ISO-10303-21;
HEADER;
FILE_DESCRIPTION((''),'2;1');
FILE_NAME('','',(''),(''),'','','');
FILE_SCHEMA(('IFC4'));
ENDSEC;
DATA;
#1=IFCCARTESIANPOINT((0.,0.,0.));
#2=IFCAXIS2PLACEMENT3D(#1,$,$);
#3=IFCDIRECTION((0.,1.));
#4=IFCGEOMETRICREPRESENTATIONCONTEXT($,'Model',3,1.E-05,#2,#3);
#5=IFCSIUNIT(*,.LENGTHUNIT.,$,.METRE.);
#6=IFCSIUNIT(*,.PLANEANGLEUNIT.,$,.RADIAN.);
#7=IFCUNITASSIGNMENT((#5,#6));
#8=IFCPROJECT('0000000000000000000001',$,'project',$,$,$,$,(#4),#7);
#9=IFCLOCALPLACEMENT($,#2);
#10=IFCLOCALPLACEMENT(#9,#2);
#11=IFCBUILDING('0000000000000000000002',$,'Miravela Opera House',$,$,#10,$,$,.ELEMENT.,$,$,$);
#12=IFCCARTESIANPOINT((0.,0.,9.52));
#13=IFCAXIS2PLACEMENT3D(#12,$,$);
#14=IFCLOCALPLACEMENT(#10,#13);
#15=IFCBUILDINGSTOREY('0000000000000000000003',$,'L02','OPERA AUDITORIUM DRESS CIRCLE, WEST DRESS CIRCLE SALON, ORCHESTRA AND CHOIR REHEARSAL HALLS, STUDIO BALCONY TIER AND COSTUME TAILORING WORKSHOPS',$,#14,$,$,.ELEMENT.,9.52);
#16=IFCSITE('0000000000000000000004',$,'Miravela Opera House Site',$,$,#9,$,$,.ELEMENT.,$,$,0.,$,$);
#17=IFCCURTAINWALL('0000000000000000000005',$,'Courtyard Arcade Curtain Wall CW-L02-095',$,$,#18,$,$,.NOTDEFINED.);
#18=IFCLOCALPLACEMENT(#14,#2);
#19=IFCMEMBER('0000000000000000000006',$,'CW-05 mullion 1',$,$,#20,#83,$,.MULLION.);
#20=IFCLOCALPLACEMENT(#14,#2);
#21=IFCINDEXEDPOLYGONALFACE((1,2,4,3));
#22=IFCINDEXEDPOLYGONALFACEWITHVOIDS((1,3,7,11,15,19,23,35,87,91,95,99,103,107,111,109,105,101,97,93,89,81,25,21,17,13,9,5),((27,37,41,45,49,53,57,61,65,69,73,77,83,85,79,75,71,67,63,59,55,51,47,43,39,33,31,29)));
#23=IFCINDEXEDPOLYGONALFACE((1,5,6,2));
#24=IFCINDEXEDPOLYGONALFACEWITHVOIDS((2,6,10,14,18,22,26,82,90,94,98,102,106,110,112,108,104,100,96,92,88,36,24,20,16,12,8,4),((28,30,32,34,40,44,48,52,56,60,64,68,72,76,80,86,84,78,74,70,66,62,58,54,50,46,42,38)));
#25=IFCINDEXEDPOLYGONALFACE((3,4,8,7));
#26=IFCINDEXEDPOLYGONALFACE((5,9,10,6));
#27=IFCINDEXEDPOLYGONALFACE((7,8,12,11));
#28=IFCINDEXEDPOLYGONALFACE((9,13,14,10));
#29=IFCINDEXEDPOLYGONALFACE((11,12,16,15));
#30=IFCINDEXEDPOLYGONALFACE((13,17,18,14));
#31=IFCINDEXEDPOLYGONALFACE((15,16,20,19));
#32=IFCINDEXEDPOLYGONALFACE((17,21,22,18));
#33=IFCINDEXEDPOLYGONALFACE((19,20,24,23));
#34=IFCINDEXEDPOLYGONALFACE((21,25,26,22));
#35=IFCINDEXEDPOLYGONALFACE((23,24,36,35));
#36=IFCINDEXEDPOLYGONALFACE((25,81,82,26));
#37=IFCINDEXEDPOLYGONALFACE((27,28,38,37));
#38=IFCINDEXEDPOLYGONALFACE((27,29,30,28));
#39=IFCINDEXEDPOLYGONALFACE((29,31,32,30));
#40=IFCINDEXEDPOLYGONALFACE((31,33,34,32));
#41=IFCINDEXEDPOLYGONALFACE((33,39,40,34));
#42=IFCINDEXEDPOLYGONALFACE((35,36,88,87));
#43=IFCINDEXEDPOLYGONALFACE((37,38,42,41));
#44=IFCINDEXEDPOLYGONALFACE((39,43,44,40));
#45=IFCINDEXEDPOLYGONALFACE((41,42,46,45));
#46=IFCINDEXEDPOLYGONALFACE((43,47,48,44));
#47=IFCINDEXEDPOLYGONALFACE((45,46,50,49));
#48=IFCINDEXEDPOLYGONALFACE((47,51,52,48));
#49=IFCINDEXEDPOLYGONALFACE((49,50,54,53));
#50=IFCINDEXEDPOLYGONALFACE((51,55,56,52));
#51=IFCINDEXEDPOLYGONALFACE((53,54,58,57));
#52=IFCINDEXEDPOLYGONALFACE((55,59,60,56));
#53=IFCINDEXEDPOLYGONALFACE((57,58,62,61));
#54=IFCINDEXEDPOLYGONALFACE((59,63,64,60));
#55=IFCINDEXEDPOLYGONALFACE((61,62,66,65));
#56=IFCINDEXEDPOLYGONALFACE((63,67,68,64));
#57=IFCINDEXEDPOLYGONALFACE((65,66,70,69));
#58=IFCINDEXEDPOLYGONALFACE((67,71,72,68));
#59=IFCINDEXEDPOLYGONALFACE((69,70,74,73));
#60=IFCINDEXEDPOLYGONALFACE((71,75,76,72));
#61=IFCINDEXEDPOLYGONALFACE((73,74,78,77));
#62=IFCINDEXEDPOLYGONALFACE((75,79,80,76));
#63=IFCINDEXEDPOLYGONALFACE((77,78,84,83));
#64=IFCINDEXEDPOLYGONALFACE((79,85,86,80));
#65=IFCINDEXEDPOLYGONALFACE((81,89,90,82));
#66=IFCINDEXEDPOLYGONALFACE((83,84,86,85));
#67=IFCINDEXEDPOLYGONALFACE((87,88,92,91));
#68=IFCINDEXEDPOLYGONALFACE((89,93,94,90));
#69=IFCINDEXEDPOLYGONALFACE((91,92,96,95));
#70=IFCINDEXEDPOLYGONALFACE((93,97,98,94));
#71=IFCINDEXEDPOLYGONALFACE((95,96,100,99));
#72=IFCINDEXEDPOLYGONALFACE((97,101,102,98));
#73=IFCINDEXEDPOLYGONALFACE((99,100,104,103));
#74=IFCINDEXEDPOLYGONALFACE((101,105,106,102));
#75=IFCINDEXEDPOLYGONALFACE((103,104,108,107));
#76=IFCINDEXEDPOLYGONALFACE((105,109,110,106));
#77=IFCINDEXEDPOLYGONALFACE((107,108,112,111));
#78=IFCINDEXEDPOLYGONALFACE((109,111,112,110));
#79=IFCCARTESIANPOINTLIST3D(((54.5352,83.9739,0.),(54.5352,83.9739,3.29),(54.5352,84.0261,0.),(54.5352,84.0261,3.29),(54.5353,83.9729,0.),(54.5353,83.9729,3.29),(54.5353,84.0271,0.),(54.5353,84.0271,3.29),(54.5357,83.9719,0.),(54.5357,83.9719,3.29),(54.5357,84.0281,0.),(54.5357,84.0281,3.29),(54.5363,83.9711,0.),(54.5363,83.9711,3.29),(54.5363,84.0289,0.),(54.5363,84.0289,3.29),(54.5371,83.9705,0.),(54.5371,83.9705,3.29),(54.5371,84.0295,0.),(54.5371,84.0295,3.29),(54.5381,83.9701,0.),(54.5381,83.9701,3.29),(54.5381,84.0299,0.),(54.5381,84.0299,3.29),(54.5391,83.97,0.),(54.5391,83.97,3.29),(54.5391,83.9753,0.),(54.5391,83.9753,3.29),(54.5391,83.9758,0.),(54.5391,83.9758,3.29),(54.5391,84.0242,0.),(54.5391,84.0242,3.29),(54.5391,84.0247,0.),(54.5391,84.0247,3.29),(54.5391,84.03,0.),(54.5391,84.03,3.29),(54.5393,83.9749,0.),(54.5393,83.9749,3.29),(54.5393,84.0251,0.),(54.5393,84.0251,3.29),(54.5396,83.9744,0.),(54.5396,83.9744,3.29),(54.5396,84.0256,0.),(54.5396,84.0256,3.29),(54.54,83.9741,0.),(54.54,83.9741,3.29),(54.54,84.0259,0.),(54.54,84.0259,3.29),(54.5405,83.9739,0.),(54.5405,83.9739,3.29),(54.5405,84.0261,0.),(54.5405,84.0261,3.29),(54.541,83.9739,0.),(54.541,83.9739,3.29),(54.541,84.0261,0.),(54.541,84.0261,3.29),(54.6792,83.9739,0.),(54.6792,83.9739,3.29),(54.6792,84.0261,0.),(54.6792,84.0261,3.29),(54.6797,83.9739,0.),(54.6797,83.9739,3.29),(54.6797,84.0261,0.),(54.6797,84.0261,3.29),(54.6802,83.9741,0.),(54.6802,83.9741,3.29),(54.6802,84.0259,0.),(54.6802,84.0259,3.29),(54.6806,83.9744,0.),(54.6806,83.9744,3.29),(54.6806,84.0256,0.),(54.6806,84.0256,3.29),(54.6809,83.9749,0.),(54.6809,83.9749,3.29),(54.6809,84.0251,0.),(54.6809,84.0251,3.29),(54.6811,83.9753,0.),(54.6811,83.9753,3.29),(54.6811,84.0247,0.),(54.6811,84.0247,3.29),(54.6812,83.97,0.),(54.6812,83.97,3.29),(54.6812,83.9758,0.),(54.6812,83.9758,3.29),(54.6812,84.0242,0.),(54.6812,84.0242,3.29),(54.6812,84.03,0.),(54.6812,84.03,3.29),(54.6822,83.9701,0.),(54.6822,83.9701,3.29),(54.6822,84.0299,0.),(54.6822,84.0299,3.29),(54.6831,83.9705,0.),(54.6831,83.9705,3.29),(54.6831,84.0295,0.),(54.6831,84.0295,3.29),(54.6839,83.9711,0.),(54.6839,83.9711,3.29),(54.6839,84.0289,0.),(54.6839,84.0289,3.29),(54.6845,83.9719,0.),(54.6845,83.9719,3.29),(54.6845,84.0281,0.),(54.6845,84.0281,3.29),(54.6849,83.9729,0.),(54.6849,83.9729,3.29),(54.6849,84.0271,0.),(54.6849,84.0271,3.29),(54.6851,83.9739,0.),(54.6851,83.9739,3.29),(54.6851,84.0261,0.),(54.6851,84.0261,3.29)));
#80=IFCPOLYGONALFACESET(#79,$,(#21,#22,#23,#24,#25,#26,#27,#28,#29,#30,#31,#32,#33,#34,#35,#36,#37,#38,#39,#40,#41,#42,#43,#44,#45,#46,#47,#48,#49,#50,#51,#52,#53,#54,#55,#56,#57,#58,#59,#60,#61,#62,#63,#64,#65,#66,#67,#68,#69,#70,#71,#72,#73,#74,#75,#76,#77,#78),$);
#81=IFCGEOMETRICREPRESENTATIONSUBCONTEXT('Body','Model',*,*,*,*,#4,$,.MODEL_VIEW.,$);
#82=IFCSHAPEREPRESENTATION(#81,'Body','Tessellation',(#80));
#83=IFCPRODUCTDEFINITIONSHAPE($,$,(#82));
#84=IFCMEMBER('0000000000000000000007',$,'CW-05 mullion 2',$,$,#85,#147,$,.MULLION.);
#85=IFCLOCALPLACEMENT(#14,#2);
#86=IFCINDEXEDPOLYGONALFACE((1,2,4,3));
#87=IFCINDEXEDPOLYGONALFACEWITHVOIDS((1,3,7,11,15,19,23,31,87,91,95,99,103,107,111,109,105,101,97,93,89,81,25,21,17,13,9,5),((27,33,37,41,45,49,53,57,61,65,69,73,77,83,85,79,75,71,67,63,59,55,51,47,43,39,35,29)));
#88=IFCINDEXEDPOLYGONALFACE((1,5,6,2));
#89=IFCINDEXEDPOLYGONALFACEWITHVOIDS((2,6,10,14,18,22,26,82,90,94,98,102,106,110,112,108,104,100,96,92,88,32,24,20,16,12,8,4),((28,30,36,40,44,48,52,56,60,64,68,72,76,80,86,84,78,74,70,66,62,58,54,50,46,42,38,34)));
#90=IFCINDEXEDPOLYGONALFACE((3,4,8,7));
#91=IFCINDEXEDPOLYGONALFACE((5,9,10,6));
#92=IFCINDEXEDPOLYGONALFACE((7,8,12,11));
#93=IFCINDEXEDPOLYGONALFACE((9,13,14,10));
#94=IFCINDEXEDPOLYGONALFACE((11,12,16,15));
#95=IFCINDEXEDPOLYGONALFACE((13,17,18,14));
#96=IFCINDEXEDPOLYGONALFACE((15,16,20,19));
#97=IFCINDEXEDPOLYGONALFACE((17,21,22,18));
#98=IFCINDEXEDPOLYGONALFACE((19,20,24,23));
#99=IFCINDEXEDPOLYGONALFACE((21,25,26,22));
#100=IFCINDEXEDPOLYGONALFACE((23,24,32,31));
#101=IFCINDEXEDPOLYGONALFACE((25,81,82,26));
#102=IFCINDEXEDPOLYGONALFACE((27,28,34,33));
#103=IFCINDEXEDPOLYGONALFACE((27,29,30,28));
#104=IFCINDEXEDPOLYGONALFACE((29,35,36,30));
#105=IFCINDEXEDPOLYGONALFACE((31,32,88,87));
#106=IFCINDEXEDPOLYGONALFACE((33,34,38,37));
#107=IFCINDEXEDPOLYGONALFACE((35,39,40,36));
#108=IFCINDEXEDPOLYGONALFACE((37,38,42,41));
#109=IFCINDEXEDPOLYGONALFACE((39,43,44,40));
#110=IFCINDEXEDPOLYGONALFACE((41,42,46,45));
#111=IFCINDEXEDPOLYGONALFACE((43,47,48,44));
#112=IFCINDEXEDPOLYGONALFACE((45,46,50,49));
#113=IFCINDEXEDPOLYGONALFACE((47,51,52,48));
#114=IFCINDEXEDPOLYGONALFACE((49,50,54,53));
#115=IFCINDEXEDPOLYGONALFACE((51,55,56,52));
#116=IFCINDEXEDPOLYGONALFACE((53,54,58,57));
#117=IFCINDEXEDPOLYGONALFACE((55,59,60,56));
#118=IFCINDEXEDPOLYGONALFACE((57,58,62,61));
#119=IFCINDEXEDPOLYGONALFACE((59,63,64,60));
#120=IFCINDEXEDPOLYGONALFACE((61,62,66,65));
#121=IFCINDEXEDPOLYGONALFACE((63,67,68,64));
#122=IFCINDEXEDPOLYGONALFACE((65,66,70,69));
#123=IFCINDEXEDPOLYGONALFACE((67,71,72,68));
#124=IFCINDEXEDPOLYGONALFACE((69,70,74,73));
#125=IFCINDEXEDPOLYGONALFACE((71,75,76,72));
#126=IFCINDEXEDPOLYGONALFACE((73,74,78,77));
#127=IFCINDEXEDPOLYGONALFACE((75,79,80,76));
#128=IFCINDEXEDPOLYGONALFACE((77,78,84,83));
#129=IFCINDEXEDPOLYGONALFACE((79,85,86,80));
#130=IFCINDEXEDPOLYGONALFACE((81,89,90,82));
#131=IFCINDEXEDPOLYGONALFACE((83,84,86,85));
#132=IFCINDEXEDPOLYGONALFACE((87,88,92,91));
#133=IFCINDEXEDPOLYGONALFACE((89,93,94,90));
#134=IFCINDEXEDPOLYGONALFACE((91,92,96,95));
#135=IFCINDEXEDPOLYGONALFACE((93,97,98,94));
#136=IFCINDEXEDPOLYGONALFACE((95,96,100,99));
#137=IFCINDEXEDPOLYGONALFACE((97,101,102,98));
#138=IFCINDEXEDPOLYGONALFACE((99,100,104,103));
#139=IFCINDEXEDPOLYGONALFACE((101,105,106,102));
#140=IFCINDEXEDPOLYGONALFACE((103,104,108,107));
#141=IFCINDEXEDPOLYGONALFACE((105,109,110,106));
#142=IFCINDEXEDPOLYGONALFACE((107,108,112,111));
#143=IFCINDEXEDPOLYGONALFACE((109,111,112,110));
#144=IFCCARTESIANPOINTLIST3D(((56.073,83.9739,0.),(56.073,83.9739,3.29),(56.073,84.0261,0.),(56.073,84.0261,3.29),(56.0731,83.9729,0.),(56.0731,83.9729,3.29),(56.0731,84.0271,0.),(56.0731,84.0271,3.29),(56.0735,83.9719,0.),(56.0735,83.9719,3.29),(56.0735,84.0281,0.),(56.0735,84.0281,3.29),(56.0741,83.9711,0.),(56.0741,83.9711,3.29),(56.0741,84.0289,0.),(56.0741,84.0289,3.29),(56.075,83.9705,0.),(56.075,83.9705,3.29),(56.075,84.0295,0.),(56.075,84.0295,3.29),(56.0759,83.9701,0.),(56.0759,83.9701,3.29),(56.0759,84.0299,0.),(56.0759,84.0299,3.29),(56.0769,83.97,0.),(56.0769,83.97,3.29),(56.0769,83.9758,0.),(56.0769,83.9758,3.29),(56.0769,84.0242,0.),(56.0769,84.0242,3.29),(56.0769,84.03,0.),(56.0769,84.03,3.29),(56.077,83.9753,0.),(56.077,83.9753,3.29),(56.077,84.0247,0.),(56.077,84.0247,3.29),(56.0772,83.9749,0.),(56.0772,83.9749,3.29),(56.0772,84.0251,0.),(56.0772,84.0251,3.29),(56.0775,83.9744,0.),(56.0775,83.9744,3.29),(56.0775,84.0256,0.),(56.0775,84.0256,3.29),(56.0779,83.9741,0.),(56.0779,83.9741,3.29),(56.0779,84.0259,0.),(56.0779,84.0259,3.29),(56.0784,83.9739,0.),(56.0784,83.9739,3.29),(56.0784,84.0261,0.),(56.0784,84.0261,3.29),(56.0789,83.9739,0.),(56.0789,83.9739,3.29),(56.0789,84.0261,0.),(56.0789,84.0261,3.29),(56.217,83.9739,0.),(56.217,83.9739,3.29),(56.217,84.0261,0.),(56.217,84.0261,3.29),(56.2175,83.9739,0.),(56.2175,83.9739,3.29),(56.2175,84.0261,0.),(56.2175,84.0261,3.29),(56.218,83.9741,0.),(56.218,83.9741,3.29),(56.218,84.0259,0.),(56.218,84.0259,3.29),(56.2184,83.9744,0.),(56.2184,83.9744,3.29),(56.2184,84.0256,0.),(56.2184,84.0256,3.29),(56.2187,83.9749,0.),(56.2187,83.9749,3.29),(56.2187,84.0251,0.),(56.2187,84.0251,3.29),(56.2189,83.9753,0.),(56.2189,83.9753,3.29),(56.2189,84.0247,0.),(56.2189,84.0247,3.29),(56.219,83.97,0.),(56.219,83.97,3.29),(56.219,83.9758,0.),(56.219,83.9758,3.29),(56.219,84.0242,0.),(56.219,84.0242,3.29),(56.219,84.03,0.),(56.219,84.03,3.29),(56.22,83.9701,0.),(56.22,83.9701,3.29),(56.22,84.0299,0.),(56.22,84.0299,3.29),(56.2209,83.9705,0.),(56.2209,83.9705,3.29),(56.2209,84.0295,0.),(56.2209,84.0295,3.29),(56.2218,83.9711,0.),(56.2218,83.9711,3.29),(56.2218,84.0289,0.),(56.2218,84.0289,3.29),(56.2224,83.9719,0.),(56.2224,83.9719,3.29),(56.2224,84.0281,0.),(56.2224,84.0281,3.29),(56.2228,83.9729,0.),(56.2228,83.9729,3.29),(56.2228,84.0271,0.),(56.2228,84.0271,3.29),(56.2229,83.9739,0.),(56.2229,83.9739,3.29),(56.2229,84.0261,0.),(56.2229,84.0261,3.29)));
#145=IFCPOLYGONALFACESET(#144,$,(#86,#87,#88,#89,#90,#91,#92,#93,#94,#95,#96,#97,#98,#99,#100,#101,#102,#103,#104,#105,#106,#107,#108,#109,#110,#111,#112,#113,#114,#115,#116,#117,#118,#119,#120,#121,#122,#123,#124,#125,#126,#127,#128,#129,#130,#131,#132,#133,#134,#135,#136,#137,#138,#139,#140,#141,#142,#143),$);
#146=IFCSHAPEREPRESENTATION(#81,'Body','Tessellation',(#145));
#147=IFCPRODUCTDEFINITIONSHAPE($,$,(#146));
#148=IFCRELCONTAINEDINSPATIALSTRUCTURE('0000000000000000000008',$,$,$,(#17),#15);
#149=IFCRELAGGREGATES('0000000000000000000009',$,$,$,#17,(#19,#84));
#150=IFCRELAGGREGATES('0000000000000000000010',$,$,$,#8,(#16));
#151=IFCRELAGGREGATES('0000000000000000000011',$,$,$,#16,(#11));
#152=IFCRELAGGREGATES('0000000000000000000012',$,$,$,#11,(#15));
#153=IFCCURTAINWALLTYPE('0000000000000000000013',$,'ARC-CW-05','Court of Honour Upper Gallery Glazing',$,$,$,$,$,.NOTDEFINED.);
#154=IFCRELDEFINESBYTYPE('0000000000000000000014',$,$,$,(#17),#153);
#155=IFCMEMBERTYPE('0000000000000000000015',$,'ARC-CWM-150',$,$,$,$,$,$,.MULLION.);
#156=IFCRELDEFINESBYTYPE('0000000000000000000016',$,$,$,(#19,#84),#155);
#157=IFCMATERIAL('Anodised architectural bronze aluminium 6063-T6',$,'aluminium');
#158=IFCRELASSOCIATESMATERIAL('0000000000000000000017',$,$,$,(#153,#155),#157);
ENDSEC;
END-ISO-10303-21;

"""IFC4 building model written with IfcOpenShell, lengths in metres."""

from ifc_helpers import new_model, si_unit, direction, frame, origin, origin_2d, place, context, subcontext, project, spatial, hollow_rectangle, extrude, material, material_profile, profile_set, type_object, element, aggregate, save


model = new_model("IFC4")

# Units and contexts
model_context = context("Model", 3, precision=1e-05, world=origin(), true_north=direction((0.0, 1.0)))
body_context = subcontext(model_context, "Body", "Model", "MODEL_VIEW")
ifc_project = project(units=[si_unit("LENGTHUNIT", "METRE"), si_unit("PLANEANGLEUNIT", "RADIAN")], contexts=[model_context])

# Site, building, storey
site_placement = place(None, origin())
site = spatial("IfcSite", under=ifc_project, at=site_placement, Name="Miravela Opera House Site", CompositionType="ELEMENT", RefElevation=0.0)
building_placement = place(site_placement, origin())
building = spatial("IfcBuilding", under=site, at=building_placement, Name="Miravela Opera House", CompositionType="ELEMENT")
storey_placement = place(building_placement, frame((0.0, 0.0, 9.52)))
storey = spatial("IfcBuildingStorey", under=building, at=storey_placement, Name="L02", Description="OPERA AUDITORIUM DRESS CIRCLE, WEST DRESS CIRCLE SALON, ORCHESTRA AND CHOIR REHEARSAL HALLS, STUDIO BALCONY TIER AND COSTUME TAILORING WORKSHOPS", CompositionType="ELEMENT", Elevation=9.52)

# Shared definitions
ifc_material_1 = material(Name="Anodised architectural bronze aluminium 6063-T6", Category="aluminium")
curtain_wall_type = type_object("IfcCurtainWallType", Name="ARC-CW-05", Description="Court of Honour Upper Gallery Glazing", PredefinedType="NOTDEFINED", material=ifc_material_1)
ifc_material_profile_1 = material_profile(ifc_material_1, hollow_rectangle(XDim=0.0601, YDim=0.1499, WallThickness=0.0039, InnerFilletRadius=0.002, OuterFilletRadius=0.0039, at=origin_2d()), Name="CWM-60X150")
ifc_profile_set_1 = profile_set([ifc_material_profile_1])
member_type_1 = type_object("IfcMemberType", Name="ARC-CWM-150", PredefinedType="MULLION", material=ifc_profile_set_1)

# Curtain wall, members
curtain_wall_1_placement = place(storey_placement, origin())
curtain_wall_1 = element("IfcCurtainWall", 1, at=curtain_wall_1_placement, inside=storey, type_object=curtain_wall_type, Name="Courtyard Arcade Curtain Wall CW-L02-095", PredefinedType="NOTDEFINED")
member_1_placement = place(storey_placement, frame((54.6101, 84.0, 0.0), z_axis=(0.0, 0.0, 1.0), x_axis=(0.0, 1.0, 0.0)))
member_1 = element("IfcMember", 2, at=member_1_placement, type_object=member_type_1, Name="CW-05 mullion 1", PredefinedType="MULLION", context=body_context, shape_type="SweptSolid", body=[
    extrude(hollow_rectangle(XDim=0.0601, YDim=0.1499, WallThickness=0.0039, InnerFilletRadius=0.002, OuterFilletRadius=0.0039, at=origin_2d()), origin(), (0.0, 0.0, 1.0), 3.29),
])
member_2_placement = place(storey_placement, frame((56.1479, 84.0, 0.0), z_axis=(0.0, 0.0, 1.0), x_axis=(0.0, 1.0, 0.0)))
member_2 = element("IfcMember", 3, at=member_2_placement, type_object=member_type_1, Name="CW-05 mullion 2", PredefinedType="MULLION", context=body_context, shape_type="SweptSolid", body=[
    extrude(hollow_rectangle(XDim=0.0601, YDim=0.1499, WallThickness=0.0039, InnerFilletRadius=0.002, OuterFilletRadius=0.0039, at=origin_2d()), origin(), (0.0, 0.0, 1.0), 3.29),
])

aggregate(curtain_wall_1, [member_1, member_2])

save(model, "model.ifc")
